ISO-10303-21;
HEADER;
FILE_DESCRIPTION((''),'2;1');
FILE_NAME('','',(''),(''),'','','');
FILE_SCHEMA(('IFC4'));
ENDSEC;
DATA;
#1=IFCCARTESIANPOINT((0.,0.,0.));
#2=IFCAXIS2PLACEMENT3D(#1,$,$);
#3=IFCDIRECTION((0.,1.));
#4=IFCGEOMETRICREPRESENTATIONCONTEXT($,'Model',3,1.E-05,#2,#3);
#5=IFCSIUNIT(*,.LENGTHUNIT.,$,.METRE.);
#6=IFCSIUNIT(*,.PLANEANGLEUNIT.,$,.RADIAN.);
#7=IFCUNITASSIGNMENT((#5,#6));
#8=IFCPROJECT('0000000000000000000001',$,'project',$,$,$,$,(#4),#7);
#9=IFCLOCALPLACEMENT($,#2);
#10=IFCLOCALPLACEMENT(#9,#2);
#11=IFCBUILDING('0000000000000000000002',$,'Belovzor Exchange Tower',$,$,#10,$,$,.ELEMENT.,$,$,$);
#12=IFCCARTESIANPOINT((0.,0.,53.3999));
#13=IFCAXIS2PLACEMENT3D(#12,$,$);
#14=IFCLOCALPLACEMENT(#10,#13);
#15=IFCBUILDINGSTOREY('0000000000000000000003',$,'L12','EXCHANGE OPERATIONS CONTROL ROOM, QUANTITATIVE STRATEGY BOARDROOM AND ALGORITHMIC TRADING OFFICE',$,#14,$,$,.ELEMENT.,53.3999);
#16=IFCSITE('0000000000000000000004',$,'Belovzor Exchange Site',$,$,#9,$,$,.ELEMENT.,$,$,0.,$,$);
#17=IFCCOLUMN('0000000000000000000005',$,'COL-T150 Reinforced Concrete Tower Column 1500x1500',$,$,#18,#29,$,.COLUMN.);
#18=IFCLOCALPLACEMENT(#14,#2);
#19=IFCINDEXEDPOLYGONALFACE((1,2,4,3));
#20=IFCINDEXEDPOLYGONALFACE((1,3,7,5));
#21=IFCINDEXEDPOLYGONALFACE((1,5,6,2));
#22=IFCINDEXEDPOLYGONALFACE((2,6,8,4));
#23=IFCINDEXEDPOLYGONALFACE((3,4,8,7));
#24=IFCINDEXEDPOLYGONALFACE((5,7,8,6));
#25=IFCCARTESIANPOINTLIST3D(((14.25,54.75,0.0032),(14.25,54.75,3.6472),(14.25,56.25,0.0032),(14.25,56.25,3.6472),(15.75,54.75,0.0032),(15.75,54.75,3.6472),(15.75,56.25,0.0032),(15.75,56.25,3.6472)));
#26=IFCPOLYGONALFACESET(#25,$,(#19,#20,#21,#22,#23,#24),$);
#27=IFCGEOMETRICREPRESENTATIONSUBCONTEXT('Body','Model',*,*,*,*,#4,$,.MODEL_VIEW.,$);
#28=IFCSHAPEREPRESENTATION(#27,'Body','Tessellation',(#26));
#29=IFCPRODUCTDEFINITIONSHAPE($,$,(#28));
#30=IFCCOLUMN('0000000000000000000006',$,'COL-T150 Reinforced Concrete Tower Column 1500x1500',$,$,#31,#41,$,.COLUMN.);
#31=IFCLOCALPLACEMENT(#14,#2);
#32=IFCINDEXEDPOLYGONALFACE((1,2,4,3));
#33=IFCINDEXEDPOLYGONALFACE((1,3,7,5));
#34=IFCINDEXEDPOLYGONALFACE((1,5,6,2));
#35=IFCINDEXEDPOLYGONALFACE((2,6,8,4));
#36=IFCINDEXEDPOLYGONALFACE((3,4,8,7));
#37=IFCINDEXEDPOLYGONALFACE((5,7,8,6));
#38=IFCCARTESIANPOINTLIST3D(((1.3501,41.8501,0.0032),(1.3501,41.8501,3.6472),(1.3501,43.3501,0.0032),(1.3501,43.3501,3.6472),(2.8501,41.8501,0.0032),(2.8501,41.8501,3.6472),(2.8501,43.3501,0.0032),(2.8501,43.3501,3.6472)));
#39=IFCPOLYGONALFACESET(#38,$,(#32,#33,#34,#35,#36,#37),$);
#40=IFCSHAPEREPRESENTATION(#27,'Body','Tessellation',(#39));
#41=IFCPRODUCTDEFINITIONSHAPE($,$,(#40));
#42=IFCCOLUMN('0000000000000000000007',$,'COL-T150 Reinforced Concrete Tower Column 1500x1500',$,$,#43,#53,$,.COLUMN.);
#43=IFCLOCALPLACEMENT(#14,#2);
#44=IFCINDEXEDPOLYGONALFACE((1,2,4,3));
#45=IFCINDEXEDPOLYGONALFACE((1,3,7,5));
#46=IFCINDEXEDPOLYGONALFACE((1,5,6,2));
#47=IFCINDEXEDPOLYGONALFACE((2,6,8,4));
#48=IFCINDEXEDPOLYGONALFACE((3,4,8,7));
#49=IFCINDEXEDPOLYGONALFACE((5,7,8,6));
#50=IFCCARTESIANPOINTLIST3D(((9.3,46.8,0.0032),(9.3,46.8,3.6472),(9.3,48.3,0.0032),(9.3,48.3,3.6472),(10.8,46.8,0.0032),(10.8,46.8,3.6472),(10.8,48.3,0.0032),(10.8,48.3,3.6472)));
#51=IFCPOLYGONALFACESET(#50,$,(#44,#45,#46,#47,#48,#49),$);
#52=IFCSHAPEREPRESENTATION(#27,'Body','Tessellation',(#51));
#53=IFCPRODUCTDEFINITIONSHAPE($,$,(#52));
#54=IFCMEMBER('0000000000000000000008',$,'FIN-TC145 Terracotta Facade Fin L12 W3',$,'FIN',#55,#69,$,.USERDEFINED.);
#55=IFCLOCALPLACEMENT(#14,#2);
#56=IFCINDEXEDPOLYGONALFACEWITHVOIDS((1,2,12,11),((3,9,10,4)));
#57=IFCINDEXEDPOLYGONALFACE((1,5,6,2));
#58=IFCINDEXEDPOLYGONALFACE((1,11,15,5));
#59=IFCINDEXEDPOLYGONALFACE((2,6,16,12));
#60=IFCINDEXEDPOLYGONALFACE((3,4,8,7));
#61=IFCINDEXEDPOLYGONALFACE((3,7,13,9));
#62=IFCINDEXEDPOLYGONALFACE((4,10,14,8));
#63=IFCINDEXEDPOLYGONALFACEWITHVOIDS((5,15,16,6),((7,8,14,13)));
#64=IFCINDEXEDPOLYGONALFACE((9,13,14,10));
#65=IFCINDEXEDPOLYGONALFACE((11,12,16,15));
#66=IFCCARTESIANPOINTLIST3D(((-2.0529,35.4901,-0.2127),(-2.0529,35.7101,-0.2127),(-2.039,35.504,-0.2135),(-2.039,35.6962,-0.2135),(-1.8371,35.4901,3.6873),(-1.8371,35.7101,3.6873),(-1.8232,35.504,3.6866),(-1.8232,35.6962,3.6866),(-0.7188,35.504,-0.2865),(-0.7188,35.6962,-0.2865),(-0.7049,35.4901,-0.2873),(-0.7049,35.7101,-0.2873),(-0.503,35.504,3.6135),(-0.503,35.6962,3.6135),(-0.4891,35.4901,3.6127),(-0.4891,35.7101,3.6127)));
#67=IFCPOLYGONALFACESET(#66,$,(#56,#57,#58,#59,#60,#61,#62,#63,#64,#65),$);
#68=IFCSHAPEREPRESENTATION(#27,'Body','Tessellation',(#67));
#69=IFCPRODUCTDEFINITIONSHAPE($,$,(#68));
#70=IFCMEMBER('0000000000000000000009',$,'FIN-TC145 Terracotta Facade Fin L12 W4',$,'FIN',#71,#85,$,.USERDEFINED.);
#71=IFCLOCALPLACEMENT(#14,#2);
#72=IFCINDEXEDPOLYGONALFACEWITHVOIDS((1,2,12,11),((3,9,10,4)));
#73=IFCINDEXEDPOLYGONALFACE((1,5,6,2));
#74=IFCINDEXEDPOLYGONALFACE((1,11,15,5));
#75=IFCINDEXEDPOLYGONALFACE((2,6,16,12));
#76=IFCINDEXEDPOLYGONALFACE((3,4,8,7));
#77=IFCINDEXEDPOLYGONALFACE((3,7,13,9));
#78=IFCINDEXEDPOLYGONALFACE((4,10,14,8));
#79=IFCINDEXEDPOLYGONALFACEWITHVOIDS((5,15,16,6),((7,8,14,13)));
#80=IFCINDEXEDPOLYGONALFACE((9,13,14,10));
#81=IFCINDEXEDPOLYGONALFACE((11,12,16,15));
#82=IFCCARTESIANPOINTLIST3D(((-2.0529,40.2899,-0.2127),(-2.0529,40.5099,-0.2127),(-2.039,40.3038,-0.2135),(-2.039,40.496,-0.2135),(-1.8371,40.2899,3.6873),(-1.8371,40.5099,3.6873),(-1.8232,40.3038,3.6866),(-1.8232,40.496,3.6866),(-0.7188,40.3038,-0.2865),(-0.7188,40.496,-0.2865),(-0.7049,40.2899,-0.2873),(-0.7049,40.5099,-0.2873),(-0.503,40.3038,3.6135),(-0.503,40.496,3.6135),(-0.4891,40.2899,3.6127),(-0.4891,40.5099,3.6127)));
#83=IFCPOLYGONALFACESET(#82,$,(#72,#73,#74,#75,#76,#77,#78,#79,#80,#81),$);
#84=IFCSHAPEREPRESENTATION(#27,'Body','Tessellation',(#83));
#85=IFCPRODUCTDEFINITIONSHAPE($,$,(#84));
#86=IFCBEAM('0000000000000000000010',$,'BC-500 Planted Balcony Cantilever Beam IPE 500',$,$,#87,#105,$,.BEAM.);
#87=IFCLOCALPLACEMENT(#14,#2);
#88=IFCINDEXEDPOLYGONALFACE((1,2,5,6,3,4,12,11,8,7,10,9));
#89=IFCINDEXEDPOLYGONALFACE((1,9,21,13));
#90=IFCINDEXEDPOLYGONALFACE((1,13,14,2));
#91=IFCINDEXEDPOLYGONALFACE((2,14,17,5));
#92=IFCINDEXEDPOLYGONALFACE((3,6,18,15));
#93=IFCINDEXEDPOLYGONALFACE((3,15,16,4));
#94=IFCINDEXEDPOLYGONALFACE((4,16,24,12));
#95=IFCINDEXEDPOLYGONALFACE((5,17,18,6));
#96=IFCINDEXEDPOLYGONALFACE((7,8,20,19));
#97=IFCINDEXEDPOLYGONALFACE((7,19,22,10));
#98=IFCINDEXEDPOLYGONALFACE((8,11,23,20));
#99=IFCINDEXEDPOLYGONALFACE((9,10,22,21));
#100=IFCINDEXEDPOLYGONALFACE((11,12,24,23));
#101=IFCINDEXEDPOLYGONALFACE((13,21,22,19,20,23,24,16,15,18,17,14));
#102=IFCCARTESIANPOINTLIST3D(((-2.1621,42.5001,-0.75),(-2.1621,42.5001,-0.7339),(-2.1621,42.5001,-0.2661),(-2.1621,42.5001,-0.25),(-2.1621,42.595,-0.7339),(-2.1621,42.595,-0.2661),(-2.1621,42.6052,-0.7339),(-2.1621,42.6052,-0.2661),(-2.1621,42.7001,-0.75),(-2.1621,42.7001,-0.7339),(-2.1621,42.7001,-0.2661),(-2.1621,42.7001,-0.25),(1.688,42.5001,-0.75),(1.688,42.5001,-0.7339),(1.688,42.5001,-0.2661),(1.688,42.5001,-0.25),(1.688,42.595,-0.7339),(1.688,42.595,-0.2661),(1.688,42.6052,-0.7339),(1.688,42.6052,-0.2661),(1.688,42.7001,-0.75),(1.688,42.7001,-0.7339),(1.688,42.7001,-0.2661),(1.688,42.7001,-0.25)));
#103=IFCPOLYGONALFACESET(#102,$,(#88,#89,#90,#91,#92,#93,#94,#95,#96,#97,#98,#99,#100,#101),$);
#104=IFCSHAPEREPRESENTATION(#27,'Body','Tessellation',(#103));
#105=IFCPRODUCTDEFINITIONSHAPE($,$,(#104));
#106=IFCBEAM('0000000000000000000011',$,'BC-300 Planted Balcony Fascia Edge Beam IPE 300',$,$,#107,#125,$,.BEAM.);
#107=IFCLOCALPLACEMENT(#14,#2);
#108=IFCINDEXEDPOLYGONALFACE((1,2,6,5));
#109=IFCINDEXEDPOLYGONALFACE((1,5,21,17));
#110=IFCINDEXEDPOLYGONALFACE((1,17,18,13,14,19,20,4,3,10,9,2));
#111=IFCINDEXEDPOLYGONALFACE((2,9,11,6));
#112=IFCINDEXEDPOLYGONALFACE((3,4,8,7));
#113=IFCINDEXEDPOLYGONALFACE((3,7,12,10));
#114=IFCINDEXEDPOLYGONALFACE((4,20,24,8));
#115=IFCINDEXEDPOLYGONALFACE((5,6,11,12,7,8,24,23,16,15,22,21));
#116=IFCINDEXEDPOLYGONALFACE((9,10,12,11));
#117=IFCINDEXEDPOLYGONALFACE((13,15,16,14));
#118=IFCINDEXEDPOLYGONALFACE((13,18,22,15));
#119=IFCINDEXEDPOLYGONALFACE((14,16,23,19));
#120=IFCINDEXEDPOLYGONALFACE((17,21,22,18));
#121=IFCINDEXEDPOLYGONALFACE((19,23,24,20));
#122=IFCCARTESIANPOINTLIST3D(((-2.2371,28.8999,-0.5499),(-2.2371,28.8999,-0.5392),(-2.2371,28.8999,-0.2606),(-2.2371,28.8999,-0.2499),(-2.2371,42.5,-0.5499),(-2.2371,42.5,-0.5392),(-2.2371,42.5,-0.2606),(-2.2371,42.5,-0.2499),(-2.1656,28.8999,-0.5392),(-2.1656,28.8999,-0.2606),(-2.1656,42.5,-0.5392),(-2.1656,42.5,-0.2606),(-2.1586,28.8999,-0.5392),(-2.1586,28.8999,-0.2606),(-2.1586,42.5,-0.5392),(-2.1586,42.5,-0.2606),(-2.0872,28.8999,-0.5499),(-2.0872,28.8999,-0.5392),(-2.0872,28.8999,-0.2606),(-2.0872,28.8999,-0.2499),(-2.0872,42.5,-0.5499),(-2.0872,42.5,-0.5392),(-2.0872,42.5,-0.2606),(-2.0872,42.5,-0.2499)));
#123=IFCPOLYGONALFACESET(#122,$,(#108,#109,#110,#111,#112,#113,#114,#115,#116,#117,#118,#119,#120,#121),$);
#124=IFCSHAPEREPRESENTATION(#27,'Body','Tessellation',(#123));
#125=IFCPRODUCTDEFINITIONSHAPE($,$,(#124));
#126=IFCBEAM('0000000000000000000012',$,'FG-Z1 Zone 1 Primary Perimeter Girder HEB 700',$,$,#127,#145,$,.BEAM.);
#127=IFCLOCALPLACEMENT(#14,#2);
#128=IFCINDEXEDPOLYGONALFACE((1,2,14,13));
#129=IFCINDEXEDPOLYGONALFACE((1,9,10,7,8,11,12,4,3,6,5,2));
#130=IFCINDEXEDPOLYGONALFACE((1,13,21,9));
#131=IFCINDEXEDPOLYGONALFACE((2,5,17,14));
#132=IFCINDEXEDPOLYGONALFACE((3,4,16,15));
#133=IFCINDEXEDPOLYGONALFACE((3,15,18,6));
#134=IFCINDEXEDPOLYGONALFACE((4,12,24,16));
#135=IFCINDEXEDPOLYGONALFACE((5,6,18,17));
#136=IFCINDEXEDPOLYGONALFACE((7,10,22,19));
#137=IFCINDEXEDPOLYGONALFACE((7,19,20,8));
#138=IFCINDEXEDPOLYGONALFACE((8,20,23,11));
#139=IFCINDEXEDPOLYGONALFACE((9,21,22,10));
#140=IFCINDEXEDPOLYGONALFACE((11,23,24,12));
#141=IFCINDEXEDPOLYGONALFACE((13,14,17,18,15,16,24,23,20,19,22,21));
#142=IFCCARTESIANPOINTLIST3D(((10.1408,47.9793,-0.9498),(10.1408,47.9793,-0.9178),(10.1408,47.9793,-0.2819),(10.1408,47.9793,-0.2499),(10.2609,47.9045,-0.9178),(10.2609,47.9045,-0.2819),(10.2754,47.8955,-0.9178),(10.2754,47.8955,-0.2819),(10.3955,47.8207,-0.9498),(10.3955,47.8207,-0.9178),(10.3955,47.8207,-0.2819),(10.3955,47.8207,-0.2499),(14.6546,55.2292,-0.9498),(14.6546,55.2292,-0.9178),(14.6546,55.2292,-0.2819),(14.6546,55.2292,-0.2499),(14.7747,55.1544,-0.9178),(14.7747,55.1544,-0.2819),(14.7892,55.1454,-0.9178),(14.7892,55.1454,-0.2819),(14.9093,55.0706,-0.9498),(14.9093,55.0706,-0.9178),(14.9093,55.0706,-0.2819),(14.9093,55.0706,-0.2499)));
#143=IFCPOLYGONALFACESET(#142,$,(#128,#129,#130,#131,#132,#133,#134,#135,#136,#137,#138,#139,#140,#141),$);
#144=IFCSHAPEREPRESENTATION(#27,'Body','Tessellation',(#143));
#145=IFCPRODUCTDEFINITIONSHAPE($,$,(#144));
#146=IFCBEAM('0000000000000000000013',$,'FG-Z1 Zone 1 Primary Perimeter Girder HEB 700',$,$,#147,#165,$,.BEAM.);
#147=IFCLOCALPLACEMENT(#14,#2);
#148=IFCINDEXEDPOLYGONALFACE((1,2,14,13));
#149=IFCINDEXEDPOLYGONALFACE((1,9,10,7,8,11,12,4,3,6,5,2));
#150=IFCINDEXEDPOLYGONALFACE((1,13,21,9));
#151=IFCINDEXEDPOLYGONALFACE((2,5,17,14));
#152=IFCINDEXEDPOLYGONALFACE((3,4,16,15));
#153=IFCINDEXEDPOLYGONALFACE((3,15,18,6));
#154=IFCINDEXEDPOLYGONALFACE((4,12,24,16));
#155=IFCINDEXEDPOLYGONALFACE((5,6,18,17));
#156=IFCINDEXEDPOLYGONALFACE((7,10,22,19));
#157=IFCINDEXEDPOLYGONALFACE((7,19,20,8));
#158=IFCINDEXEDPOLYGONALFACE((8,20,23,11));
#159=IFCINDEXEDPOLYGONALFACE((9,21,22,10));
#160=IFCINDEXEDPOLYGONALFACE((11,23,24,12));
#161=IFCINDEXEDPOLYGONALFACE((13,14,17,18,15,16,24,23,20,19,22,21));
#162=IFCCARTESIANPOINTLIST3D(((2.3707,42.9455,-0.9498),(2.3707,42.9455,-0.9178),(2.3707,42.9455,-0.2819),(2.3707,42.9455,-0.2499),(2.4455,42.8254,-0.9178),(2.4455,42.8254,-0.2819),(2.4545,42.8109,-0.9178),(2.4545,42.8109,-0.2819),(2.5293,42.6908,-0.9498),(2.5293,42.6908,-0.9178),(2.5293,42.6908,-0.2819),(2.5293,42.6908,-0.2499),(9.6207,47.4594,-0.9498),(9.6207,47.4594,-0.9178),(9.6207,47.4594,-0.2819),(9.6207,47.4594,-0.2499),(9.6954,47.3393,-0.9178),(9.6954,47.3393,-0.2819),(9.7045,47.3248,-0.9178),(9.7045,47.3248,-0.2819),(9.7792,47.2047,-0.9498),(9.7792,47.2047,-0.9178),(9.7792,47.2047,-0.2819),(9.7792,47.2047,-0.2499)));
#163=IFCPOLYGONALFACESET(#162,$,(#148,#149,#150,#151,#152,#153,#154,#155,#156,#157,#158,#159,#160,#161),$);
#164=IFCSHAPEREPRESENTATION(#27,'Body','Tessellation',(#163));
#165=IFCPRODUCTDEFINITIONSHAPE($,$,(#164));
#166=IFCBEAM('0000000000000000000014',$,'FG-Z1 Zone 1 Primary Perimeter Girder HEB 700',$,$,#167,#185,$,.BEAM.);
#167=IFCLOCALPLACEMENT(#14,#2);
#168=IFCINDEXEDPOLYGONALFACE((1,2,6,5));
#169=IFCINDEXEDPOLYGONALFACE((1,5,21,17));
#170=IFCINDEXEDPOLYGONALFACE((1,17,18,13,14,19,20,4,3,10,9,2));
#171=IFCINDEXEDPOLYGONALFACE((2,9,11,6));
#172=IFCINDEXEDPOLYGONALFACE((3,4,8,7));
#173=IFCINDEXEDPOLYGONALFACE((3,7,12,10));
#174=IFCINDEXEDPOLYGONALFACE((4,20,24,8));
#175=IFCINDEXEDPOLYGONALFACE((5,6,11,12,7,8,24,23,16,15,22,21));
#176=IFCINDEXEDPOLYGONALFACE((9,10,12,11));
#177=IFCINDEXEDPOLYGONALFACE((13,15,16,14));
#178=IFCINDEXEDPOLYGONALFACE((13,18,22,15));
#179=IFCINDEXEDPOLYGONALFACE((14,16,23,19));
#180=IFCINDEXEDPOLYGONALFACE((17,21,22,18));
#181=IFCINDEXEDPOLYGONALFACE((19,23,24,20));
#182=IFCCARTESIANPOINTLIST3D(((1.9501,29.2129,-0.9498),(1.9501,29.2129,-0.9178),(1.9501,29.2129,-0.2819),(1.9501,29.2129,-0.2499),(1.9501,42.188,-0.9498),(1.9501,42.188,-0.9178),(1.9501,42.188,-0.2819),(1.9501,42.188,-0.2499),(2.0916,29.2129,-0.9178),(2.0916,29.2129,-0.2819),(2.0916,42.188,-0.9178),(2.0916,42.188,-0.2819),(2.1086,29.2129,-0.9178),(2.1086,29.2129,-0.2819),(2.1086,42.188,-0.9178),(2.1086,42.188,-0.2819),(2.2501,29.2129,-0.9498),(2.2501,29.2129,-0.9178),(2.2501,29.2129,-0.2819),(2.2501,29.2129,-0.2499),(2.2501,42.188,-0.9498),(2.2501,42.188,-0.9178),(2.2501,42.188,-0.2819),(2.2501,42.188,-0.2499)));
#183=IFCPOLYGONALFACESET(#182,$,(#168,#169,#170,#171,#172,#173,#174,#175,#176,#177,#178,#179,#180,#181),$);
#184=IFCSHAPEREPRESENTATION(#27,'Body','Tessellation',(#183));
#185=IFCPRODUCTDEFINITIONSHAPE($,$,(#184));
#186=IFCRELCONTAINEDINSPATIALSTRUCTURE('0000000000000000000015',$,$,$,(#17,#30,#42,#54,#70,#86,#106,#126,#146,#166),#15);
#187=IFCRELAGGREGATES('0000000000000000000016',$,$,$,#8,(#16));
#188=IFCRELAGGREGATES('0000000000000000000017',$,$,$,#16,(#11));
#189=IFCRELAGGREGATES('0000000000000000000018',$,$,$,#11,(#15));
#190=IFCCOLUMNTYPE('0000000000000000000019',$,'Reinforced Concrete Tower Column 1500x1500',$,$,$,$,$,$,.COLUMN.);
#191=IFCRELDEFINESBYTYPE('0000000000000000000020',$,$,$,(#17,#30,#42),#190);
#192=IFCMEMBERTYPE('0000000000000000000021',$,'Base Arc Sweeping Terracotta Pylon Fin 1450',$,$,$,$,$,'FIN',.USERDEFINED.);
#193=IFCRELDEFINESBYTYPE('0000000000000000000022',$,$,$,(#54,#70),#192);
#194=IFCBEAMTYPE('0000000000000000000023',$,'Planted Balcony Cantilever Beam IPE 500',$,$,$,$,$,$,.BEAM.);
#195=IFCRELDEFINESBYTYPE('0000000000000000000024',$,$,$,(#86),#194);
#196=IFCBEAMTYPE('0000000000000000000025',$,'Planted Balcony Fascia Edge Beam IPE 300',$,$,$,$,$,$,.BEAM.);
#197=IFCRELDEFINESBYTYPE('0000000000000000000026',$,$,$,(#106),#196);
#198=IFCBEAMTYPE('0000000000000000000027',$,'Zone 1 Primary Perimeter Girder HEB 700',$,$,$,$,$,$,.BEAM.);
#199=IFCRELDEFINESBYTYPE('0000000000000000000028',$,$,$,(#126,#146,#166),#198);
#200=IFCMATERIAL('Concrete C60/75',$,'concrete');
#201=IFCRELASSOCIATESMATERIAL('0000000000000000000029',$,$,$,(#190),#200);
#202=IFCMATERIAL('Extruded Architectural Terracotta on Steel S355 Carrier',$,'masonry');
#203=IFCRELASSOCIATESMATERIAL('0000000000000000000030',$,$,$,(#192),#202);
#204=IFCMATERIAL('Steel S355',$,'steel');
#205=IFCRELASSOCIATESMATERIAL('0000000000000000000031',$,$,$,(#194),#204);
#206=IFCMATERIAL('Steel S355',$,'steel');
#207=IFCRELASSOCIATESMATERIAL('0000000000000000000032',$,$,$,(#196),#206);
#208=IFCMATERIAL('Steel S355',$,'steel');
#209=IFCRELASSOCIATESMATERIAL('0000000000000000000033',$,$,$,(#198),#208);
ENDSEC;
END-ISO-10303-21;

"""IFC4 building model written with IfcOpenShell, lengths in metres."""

from ifc_helpers import new_model, si_unit, direction, frame, origin, origin_2d, place, context, subcontext, project, spatial, rectangle, hollow_rectangle, i_section, extrude, material, material_profile, profile_set, type_object, element, save


model = new_model("IFC4")

# Units and contexts
model_context = context("Model", 3, precision=1e-05, world=origin(), true_north=direction((0.0, 1.0)))
body_context = subcontext(model_context, "Body", "Model", "MODEL_VIEW")
ifc_project = project(units=[si_unit("LENGTHUNIT", "METRE"), si_unit("PLANEANGLEUNIT", "RADIAN")], contexts=[model_context])

# Site, building, storey
site_placement = place(None, origin())
site = spatial("IfcSite", under=ifc_project, at=site_placement, Name="Belovzor Exchange Site", CompositionType="ELEMENT", RefElevation=0.0)
building_placement = place(site_placement, origin())
building = spatial("IfcBuilding", under=site, at=building_placement, Name="Belovzor Exchange Tower", CompositionType="ELEMENT")
storey_placement = place(building_placement, frame((0.0, 0.0, 53.3999)))
storey = spatial("IfcBuildingStorey", under=building, at=storey_placement, Name="L12", Description="EXCHANGE OPERATIONS CONTROL ROOM, QUANTITATIVE STRATEGY BOARDROOM AND ALGORITHMIC TRADING OFFICE", CompositionType="ELEMENT", Elevation=53.3999)

# Columns
ifc_material_1 = material(Name="Concrete C60/75", Category="concrete")
ifc_material_profile_1 = material_profile(ifc_material_1, rectangle(XDim=1.5, YDim=1.5, at=origin_2d()))
ifc_profile_set_1 = profile_set([ifc_material_profile_1], Name="Concrete C60/75")
column_type = type_object("IfcColumnType", Name="Reinforced Concrete Tower Column 1500x1500", PredefinedType="COLUMN", material=ifc_profile_set_1)
for number, where, z_axis, x_axis, name in (
    (1, (15.0, 55.5, 0.0032), (0.0, 0.0, 1.0), (1.0, 0.0, 0.0), "COL-T150 Reinforced Concrete Tower Column 1500x1500"),
    (2, (2.1001, 42.6001, 0.0032), (0.0, 0.0, 1.0), (1.0, 0.0, 0.0), "COL-T150 Reinforced Concrete Tower Column 1500x1500"),
    (3, (10.05, 47.55, 0.0032), (0.0, 0.0, 1.0), (1.0, 0.0, 0.0), "COL-T150 Reinforced Concrete Tower Column 1500x1500"),
):
    element("IfcColumn", number, at=place(storey_placement, frame(where, z_axis=z_axis, x_axis=x_axis)), inside=storey, type_object=column_type, Name=name, PredefinedType="COLUMN", context=body_context, shape_type="SweptSolid", body=[
        extrude(rectangle(XDim=1.5, YDim=1.5, at=origin_2d()), origin(), (0.0, 0.0, 1.0), 3.644),
    ])

# Members
ifc_material_2 = material(Name="Extruded Architectural Terracotta on Steel S355 Carrier", Category="masonry")
ifc_material_profile_2 = material_profile(ifc_material_2, hollow_rectangle(XDim=0.22, YDim=1.3501, WallThickness=0.0139, at=origin_2d()))
ifc_profile_set_2 = profile_set([ifc_material_profile_2], Name="Extruded Architectural Terracotta on Steel S355 Carrier")
member_type = type_object("IfcMemberType", Name="Base Arc Sweeping Terracotta Pylon Fin 1450", ElementType="FIN", PredefinedType="USERDEFINED", material=ifc_profile_set_2)
for number, where, z_axis, x_axis, name in (
    (4, (-1.3789, 35.6001, -0.25), (0.055252, 0.0, 0.998472), (0.0, 1.0, 0.0), "FIN-TC145 Terracotta Facade Fin L12 W3"),
    (5, (-1.3789, 40.3999, -0.25), (0.055252, 0.0, 0.998472), (0.0, 1.0, 0.0), "FIN-TC145 Terracotta Facade Fin L12 W4"),
):
    element("IfcMember", number, at=place(storey_placement, frame(where, z_axis=z_axis, x_axis=x_axis)), inside=storey, type_object=member_type, Name=name, ObjectType="FIN", PredefinedType="USERDEFINED", context=body_context, shape_type="SweptSolid", body=[
        extrude(hollow_rectangle(XDim=0.22, YDim=1.3501, WallThickness=0.0139, at=origin_2d()), origin(), (0.0, 0.0, 1.0), 3.906),
    ])

# Beams
ifc_material_3 = material(Name="Steel S355", Category="steel")
ifc_material_profile_3 = material_profile(ifc_material_3, i_section(OverallWidth=0.2, OverallDepth=0.5, WebThickness=0.0103, FlangeThickness=0.0161, at=origin_2d()))
ifc_profile_set_3 = profile_set([ifc_material_profile_3], Name="Steel S355")
beam_type_1 = type_object("IfcBeamType", Name="Planted Balcony Cantilever Beam IPE 500", PredefinedType="BEAM", material=ifc_profile_set_3)
beam_1_placement = place(storey_placement, frame((1.688, 42.6001, -0.5), z_axis=(-1.0, 0.0, 0.0), x_axis=(0.0, -1.0, 0.0)))
element("IfcBeam", 6, at=beam_1_placement, inside=storey, type_object=beam_type_1, Name="BC-500 Planted Balcony Cantilever Beam IPE 500", PredefinedType="BEAM", context=body_context, shape_type="SweptSolid", body=[
    extrude(i_section(OverallWidth=0.2, OverallDepth=0.5, WebThickness=0.0103, FlangeThickness=0.0161, at=origin_2d()), origin(), (0.0, 0.0, 1.0), 3.8501),
])
ifc_material_4 = material(Name="Steel S355", Category="steel")
ifc_material_profile_4 = material_profile(ifc_material_4, i_section(OverallWidth=0.1499, OverallDepth=0.3, WebThickness=0.0071, FlangeThickness=0.0107, at=origin_2d()))
ifc_profile_set_4 = profile_set([ifc_material_profile_4], Name="Steel S355")
beam_type_2 = type_object("IfcBeamType", Name="Planted Balcony Fascia Edge Beam IPE 300", PredefinedType="BEAM", material=ifc_profile_set_4)
beam_2_placement = place(storey_placement, frame((-2.1621, 42.5, -0.3999), z_axis=(0.0, -1.0, 0.0), x_axis=(1.0, 0.0, 0.0)))
element("IfcBeam", 7, at=beam_2_placement, inside=storey, type_object=beam_type_2, Name="BC-300 Planted Balcony Fascia Edge Beam IPE 300", PredefinedType="BEAM", context=body_context, shape_type="SweptSolid", body=[
    extrude(i_section(OverallWidth=0.1499, OverallDepth=0.3, WebThickness=0.0071, FlangeThickness=0.0107, at=origin_2d()), origin(), (0.0, 0.0, 1.0), 13.6001),
])
ifc_material_5 = material(Name="Steel S355", Category="steel")
ifc_material_profile_5 = material_profile(ifc_material_5, i_section(OverallWidth=0.3, OverallDepth=0.7, WebThickness=0.0171, FlangeThickness=0.032, at=origin_2d()))
ifc_profile_set_5 = profile_set([ifc_material_profile_5], Name="Steel S355")
beam_type_3 = type_object("IfcBeamType", Name="Zone 1 Primary Perimeter Girder HEB 700", PredefinedType="BEAM", material=ifc_profile_set_5)
for number, where, z_axis, x_axis, name in (
    (8, (14.782, 55.1499, -0.5999), (-0.528539, -0.848909, 0.0), (0.848909, -0.528539, 0.0), "FG-Z1 Zone 1 Primary Perimeter Girder HEB 700"),
    (9, (9.7, 47.332, -0.5999), (-0.848909, -0.528539, 0.0), (0.528539, -0.848909, 0.0), "FG-Z1 Zone 1 Primary Perimeter Girder HEB 700"),
):
    element("IfcBeam", number, at=place(storey_placement, frame(where, z_axis=z_axis, x_axis=x_axis)), inside=storey, type_object=beam_type_3, Name=name, PredefinedType="BEAM", context=body_context, shape_type="SweptSolid", body=[
        extrude(i_section(OverallWidth=0.3, OverallDepth=0.7, WebThickness=0.0171, FlangeThickness=0.032, at=origin_2d()), origin(), (0.0, 0.0, 1.0), 8.5403),
    ])
beam_3_placement = place(storey_placement, frame((2.1001, 42.188, -0.5999), z_axis=(0.0, -1.0, 0.0), x_axis=(1.0, 0.0, 0.0)))
element("IfcBeam", 10, at=beam_3_placement, inside=storey, type_object=beam_type_3, Name="FG-Z1 Zone 1 Primary Perimeter Girder HEB 700", PredefinedType="BEAM", context=body_context, shape_type="SweptSolid", body=[
    extrude(i_section(OverallWidth=0.3, OverallDepth=0.7, WebThickness=0.0171, FlangeThickness=0.032, at=origin_2d()), origin(), (0.0, 0.0, 1.0), 12.9751),
])

save(model, "model.ifc")
